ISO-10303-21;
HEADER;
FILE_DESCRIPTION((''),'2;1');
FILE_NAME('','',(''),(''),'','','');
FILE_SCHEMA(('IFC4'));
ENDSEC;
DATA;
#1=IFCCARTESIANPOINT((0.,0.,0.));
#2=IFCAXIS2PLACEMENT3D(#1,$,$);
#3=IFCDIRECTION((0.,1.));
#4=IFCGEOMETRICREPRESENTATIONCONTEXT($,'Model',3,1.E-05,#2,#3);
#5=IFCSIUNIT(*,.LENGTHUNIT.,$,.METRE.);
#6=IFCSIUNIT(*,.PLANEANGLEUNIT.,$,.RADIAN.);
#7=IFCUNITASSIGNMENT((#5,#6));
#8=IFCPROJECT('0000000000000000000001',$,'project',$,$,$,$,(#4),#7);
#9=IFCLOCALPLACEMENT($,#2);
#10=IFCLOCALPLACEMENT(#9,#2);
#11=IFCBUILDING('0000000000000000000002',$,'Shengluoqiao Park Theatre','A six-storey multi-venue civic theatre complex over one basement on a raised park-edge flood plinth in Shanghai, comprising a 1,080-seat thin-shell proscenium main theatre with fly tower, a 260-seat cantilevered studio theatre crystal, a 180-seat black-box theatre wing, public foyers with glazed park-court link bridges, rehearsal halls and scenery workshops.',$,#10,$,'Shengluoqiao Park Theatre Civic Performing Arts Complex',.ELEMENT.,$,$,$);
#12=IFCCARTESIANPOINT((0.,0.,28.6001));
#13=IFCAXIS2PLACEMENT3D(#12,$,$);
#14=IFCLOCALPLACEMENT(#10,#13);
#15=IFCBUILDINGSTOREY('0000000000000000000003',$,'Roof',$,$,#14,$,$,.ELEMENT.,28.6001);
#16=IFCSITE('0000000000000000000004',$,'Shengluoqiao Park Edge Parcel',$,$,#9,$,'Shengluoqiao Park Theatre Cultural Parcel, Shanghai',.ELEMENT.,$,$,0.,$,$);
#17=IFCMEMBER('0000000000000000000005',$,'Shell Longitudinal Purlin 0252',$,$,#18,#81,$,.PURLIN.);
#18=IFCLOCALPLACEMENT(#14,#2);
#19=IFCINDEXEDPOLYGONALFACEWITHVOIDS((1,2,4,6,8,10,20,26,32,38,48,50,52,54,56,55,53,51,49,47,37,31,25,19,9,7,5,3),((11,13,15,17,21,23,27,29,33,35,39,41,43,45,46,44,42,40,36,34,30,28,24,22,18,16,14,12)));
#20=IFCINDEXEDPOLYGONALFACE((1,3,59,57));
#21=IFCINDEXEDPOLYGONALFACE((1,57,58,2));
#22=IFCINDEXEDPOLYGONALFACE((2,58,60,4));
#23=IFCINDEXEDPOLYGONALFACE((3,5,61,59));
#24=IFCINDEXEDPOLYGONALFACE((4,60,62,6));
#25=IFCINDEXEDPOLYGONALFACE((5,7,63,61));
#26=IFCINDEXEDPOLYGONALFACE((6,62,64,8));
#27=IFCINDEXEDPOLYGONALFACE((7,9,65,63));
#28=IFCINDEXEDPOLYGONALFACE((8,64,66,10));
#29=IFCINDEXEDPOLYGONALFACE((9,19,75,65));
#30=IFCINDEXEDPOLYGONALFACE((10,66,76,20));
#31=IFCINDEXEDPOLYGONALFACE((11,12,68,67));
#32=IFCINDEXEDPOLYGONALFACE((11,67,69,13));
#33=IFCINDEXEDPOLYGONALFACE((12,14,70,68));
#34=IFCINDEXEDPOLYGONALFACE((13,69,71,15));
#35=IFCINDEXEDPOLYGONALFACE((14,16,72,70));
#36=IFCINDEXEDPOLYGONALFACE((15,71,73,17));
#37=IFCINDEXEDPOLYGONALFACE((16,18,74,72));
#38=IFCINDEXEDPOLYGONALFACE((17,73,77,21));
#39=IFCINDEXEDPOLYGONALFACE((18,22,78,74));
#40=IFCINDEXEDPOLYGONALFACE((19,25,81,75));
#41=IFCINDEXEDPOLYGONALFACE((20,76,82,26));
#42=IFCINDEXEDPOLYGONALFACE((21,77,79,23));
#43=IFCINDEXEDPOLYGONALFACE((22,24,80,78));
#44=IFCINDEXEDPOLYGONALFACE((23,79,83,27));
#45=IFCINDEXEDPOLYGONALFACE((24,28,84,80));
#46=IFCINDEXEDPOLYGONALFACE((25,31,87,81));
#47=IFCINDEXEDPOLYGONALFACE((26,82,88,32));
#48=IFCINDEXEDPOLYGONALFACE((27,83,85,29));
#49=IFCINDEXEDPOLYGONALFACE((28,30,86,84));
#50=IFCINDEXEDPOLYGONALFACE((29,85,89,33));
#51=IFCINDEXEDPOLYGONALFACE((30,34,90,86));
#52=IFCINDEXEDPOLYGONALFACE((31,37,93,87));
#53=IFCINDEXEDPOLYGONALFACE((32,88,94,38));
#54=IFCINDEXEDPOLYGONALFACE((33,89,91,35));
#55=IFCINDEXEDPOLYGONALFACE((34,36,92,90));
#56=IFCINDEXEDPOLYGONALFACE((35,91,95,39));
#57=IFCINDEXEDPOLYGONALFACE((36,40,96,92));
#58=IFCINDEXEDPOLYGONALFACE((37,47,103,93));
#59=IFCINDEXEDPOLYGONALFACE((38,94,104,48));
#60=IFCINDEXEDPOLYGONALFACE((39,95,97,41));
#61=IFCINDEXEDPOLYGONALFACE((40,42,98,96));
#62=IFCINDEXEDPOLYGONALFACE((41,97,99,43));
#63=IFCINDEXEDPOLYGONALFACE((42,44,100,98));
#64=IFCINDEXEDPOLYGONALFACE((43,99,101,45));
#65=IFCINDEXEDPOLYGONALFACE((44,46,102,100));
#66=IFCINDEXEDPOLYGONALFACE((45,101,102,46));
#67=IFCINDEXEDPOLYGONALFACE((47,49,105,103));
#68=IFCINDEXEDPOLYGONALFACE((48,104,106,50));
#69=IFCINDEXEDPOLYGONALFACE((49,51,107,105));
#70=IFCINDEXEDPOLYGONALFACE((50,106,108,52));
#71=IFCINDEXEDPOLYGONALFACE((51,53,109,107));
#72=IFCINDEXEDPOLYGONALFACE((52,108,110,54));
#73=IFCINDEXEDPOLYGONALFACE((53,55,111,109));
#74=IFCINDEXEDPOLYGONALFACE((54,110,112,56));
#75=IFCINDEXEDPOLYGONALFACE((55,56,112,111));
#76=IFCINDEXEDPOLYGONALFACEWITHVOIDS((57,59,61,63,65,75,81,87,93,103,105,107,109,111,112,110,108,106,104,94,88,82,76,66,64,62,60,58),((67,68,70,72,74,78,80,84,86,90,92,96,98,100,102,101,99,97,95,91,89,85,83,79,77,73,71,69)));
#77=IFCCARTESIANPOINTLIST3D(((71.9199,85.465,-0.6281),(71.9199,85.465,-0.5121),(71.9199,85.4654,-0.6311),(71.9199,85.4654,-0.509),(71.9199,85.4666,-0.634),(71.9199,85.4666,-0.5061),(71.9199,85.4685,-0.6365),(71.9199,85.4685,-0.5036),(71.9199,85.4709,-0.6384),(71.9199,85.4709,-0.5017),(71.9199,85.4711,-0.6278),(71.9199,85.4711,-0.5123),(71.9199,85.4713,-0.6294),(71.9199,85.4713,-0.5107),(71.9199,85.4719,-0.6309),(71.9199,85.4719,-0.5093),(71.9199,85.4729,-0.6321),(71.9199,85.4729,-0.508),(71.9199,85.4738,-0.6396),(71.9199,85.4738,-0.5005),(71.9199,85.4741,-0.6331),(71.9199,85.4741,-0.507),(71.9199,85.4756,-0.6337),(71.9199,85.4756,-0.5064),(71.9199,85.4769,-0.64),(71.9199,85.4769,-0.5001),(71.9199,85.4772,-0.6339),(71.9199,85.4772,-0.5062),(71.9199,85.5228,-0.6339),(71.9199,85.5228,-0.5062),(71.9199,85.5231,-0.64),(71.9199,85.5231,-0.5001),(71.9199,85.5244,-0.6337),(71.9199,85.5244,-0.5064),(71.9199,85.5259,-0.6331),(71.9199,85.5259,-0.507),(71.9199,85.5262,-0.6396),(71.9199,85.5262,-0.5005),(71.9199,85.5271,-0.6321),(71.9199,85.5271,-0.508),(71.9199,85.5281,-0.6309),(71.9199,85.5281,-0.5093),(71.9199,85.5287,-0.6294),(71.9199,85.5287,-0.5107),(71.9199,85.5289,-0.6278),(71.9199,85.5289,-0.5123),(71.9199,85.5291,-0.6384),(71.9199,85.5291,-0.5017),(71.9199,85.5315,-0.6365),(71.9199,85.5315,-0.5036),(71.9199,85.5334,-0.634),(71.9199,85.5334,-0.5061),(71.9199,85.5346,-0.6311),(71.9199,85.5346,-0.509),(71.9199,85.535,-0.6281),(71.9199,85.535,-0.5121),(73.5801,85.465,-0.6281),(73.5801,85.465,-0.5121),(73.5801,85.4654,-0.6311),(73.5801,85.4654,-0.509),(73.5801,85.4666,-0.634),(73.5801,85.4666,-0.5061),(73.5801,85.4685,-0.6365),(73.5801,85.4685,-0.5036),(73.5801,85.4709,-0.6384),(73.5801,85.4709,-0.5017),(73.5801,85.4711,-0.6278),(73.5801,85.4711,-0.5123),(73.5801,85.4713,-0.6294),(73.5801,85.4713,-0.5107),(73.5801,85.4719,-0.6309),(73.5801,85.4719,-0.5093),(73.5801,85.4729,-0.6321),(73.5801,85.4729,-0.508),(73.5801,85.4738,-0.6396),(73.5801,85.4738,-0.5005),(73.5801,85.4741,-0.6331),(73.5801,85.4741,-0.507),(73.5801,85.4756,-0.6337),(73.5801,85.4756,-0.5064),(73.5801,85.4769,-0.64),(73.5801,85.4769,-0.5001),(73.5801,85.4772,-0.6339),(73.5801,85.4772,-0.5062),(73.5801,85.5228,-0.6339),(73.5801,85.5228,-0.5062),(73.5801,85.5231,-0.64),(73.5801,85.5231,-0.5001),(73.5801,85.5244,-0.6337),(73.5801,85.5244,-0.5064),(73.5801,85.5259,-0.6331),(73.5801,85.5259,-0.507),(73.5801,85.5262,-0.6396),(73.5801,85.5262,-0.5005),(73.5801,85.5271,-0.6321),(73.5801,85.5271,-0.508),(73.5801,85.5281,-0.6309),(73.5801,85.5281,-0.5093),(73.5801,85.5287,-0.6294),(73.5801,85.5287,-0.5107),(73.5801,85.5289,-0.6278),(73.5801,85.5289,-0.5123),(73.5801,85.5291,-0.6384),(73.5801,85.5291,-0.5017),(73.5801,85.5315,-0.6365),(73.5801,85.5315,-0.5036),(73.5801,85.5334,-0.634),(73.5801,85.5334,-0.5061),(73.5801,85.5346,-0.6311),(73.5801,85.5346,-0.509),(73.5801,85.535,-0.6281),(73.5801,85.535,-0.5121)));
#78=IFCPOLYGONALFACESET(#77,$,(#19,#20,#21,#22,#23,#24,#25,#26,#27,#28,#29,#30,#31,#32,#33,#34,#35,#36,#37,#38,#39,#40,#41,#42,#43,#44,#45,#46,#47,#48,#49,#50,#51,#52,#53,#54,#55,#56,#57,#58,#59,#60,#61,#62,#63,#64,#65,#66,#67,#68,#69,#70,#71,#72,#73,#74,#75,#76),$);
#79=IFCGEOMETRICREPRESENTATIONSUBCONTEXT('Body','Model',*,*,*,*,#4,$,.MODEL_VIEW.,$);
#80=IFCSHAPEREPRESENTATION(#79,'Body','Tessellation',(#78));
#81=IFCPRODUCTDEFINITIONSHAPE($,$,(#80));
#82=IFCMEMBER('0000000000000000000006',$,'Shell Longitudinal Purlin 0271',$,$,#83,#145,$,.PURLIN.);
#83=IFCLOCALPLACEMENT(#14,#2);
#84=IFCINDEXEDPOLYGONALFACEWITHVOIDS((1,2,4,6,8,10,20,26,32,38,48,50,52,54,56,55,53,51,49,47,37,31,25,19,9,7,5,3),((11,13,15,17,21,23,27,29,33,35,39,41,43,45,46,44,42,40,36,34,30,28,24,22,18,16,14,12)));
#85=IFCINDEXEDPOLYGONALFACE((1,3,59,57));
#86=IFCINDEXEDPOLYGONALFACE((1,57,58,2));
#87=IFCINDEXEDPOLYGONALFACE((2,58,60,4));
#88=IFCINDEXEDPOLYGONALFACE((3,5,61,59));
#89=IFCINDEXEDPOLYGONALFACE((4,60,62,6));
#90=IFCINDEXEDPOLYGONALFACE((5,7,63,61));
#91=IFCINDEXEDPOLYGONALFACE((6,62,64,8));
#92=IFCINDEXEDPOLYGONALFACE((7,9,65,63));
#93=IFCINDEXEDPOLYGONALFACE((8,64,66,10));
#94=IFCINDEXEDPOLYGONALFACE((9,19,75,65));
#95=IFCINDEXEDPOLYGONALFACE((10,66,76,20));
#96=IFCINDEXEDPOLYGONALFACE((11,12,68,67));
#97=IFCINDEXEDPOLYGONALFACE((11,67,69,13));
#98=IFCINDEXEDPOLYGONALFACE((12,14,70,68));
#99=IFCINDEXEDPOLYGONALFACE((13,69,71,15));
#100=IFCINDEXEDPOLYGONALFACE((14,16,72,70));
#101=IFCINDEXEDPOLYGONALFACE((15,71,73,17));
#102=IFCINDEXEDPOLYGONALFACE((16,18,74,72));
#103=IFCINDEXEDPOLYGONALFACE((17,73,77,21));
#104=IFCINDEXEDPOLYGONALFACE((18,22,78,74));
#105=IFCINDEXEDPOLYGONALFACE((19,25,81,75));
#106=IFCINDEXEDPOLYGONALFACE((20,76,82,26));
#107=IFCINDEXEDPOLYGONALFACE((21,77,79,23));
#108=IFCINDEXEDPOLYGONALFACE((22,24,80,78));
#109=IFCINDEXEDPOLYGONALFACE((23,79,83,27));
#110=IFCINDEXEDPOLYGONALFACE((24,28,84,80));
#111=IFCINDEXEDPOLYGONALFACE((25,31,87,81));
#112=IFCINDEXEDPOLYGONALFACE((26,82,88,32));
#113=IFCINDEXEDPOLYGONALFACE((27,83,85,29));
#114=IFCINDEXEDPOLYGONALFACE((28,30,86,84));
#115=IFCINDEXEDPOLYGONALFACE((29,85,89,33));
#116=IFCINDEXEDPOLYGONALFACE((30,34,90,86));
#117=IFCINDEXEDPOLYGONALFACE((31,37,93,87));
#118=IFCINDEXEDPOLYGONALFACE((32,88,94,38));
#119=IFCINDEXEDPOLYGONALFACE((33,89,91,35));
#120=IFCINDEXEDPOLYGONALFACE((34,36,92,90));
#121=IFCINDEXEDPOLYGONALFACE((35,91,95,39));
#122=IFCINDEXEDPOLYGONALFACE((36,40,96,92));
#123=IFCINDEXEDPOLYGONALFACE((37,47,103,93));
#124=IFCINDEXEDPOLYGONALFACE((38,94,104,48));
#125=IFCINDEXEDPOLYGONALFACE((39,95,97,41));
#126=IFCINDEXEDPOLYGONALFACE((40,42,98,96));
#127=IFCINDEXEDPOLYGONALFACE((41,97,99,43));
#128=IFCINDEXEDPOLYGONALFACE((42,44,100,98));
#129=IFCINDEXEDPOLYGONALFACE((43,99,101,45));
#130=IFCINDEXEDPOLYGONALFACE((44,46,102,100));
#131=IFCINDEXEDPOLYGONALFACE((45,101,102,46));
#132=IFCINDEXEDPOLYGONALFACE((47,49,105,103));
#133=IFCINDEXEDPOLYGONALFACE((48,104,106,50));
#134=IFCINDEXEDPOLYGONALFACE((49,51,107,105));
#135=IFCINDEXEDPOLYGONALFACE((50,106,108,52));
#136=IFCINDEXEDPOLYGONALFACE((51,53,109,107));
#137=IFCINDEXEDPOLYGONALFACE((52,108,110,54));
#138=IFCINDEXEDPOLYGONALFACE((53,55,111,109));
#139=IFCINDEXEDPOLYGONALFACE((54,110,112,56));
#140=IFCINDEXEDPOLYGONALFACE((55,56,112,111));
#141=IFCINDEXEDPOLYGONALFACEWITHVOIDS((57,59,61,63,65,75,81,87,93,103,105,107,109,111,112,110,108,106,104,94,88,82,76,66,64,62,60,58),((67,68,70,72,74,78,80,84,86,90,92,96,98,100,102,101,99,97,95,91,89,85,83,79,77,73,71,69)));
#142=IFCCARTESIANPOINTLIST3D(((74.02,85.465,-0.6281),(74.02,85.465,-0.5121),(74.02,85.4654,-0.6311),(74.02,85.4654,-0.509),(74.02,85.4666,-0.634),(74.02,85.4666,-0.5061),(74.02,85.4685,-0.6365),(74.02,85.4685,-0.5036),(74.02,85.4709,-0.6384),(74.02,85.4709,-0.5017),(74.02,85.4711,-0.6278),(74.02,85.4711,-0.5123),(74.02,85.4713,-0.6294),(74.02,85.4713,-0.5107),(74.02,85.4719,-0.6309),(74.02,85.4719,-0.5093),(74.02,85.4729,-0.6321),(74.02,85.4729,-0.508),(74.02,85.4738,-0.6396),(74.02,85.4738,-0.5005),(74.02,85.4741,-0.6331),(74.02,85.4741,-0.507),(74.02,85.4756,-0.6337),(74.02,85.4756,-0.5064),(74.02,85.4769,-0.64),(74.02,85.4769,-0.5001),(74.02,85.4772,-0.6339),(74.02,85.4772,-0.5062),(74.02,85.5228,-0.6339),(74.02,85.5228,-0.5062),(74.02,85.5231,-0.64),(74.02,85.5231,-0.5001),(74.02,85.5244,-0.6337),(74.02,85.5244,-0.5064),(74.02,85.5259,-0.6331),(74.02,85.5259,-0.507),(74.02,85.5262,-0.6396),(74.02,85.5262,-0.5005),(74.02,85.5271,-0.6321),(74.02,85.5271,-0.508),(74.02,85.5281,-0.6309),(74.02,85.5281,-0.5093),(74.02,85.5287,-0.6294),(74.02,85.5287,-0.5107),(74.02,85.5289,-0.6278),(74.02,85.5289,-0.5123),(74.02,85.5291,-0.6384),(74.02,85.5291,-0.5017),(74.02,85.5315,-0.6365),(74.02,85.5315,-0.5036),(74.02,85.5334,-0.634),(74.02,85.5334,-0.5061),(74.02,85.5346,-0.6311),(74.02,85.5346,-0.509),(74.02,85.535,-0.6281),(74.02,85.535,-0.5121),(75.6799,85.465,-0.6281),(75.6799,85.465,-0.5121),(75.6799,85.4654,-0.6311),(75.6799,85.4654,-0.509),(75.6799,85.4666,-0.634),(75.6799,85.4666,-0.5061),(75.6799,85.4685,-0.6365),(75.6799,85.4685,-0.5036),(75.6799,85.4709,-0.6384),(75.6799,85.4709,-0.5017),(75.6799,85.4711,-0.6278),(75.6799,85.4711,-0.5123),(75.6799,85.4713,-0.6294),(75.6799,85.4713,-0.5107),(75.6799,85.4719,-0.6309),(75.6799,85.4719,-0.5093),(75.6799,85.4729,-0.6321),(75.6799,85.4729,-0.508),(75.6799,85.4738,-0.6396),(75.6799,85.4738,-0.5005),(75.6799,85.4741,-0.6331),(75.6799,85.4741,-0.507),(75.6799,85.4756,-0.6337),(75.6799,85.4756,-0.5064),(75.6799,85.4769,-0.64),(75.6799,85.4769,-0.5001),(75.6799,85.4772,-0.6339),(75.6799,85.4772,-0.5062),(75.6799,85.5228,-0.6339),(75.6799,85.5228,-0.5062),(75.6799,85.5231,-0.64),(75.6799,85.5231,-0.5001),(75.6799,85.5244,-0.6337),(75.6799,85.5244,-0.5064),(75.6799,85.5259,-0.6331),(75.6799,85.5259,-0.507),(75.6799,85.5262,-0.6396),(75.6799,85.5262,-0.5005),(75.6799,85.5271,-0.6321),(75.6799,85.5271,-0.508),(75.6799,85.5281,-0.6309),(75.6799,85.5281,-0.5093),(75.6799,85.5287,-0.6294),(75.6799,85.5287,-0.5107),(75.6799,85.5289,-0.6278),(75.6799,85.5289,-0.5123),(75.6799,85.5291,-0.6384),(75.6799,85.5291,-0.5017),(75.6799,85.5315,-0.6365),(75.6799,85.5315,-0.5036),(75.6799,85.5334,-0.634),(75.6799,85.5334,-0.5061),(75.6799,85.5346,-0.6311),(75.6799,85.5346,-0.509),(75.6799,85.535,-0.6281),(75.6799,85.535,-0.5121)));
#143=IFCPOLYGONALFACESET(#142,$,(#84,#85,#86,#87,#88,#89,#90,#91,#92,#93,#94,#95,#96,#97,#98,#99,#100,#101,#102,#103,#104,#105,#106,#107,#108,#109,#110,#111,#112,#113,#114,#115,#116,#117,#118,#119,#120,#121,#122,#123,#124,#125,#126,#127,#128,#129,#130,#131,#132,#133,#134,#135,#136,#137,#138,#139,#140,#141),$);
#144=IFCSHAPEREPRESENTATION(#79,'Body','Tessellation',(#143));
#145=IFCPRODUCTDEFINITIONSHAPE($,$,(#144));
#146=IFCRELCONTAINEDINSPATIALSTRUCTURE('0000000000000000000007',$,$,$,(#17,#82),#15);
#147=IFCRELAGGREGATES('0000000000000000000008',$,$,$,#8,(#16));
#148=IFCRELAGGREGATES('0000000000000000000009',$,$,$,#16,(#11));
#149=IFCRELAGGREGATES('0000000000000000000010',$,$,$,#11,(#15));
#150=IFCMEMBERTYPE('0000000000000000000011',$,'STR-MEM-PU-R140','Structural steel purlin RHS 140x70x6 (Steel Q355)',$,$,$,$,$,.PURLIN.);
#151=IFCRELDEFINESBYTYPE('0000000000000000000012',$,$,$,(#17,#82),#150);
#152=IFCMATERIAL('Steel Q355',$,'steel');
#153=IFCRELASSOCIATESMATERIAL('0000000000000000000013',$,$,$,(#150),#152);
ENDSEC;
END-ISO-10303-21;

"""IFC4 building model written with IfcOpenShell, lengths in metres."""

from ifc_helpers import new_model, si_unit, direction, frame, origin, origin_2d, place, context, subcontext, project, spatial, hollow_rectangle, extrude, material, material_profile, profile_set, type_object, element, save


model = new_model("IFC4")

# Units and contexts
model_context = context("Model", 3, precision=1e-05, world=origin(), true_north=direction((0.0, 1.0)))
body_context = subcontext(model_context, "Body", "Model", "MODEL_VIEW")
ifc_project = project(units=[si_unit("LENGTHUNIT", "METRE"), si_unit("PLANEANGLEUNIT", "RADIAN")], contexts=[model_context])

# Site, building, storey
site_placement = place(None, origin())
site = spatial("IfcSite", under=ifc_project, at=site_placement, Name="Shengluoqiao Park Edge Parcel", LongName="Shengluoqiao Park Theatre Cultural Parcel, Shanghai", CompositionType="ELEMENT", RefElevation=0.0)
building_placement = place(site_placement, origin())
building = spatial("IfcBuilding", under=site, at=building_placement, Name="Shengluoqiao Park Theatre", Description="A six-storey multi-venue civic theatre complex over one basement on a raised park-edge flood plinth in Shanghai, comprising a 1,080-seat thin-shell proscenium main theatre with fly tower, a 260-seat cantilevered studio theatre crystal, a 180-seat black-box theatre wing, public foyers with glazed park-court link bridges, rehearsal halls and scenery workshops.", LongName="Shengluoqiao Park Theatre Civic Performing Arts Complex", CompositionType="ELEMENT")
storey_placement = place(building_placement, frame((0.0, 0.0, 28.6001)))
storey = spatial("IfcBuildingStorey", under=building, at=storey_placement, Name="Roof", CompositionType="ELEMENT", Elevation=28.6001)

# Shared definitions
ifc_material_1 = material(Name="Steel Q355", Category="steel")

# Members
ifc_material_profile_1 = material_profile(ifc_material_1, hollow_rectangle(XDim=0.0701, YDim=0.1399, WallThickness=0.0061, InnerFilletRadius=0.0061, OuterFilletRadius=0.012, at=origin_2d()), Name="RHS 140x70x6")
ifc_profile_set_1 = profile_set([ifc_material_profile_1], Name="Steel Q355")
member_type_1 = type_object("IfcMemberType", Name="STR-MEM-PU-R140", Description="Structural steel purlin RHS 140x70x6 (Steel Q355)", PredefinedType="PURLIN", material=ifc_profile_set_1)
member_placement = place(storey_placement, frame((71.9199, 85.5, -0.5701), z_axis=(1.0, 0.0, 0.0), x_axis=(0.0, 1.0, 0.0)))
element("IfcMember", 1, at=member_placement, inside=storey, type_object=member_type_1, Name="Shell Longitudinal Purlin 0252", PredefinedType="PURLIN", context=body_context, shape_type="SweptSolid", body=[
    extrude(hollow_rectangle(XDim=0.0701, YDim=0.1399, WallThickness=0.0061, InnerFilletRadius=0.0061, OuterFilletRadius=0.012, at=origin_2d()), origin(), (0.0, 0.0, 1.0), 1.6602),
])
for number, where, z_axis, x_axis, name in (
    (2, (74.02, 85.5, -0.5701), (1.0, 0.0, 0.0), (0.0, 1.0, 0.0), "Shell Longitudinal Purlin 0271"),
):
    element("IfcMember", number, at=place(storey_placement, frame(where, z_axis=z_axis, x_axis=x_axis)), inside=storey, type_object=member_type_1, Name=name, PredefinedType="PURLIN", context=body_context, shape_type="SweptSolid", body=[
        extrude(hollow_rectangle(XDim=0.0701, YDim=0.1399, WallThickness=0.0061, InnerFilletRadius=0.0061, OuterFilletRadius=0.012, at=origin_2d()), origin(), (0.0, 0.0, 1.0), 1.6599),
    ])

save(model, "model.ifc")
